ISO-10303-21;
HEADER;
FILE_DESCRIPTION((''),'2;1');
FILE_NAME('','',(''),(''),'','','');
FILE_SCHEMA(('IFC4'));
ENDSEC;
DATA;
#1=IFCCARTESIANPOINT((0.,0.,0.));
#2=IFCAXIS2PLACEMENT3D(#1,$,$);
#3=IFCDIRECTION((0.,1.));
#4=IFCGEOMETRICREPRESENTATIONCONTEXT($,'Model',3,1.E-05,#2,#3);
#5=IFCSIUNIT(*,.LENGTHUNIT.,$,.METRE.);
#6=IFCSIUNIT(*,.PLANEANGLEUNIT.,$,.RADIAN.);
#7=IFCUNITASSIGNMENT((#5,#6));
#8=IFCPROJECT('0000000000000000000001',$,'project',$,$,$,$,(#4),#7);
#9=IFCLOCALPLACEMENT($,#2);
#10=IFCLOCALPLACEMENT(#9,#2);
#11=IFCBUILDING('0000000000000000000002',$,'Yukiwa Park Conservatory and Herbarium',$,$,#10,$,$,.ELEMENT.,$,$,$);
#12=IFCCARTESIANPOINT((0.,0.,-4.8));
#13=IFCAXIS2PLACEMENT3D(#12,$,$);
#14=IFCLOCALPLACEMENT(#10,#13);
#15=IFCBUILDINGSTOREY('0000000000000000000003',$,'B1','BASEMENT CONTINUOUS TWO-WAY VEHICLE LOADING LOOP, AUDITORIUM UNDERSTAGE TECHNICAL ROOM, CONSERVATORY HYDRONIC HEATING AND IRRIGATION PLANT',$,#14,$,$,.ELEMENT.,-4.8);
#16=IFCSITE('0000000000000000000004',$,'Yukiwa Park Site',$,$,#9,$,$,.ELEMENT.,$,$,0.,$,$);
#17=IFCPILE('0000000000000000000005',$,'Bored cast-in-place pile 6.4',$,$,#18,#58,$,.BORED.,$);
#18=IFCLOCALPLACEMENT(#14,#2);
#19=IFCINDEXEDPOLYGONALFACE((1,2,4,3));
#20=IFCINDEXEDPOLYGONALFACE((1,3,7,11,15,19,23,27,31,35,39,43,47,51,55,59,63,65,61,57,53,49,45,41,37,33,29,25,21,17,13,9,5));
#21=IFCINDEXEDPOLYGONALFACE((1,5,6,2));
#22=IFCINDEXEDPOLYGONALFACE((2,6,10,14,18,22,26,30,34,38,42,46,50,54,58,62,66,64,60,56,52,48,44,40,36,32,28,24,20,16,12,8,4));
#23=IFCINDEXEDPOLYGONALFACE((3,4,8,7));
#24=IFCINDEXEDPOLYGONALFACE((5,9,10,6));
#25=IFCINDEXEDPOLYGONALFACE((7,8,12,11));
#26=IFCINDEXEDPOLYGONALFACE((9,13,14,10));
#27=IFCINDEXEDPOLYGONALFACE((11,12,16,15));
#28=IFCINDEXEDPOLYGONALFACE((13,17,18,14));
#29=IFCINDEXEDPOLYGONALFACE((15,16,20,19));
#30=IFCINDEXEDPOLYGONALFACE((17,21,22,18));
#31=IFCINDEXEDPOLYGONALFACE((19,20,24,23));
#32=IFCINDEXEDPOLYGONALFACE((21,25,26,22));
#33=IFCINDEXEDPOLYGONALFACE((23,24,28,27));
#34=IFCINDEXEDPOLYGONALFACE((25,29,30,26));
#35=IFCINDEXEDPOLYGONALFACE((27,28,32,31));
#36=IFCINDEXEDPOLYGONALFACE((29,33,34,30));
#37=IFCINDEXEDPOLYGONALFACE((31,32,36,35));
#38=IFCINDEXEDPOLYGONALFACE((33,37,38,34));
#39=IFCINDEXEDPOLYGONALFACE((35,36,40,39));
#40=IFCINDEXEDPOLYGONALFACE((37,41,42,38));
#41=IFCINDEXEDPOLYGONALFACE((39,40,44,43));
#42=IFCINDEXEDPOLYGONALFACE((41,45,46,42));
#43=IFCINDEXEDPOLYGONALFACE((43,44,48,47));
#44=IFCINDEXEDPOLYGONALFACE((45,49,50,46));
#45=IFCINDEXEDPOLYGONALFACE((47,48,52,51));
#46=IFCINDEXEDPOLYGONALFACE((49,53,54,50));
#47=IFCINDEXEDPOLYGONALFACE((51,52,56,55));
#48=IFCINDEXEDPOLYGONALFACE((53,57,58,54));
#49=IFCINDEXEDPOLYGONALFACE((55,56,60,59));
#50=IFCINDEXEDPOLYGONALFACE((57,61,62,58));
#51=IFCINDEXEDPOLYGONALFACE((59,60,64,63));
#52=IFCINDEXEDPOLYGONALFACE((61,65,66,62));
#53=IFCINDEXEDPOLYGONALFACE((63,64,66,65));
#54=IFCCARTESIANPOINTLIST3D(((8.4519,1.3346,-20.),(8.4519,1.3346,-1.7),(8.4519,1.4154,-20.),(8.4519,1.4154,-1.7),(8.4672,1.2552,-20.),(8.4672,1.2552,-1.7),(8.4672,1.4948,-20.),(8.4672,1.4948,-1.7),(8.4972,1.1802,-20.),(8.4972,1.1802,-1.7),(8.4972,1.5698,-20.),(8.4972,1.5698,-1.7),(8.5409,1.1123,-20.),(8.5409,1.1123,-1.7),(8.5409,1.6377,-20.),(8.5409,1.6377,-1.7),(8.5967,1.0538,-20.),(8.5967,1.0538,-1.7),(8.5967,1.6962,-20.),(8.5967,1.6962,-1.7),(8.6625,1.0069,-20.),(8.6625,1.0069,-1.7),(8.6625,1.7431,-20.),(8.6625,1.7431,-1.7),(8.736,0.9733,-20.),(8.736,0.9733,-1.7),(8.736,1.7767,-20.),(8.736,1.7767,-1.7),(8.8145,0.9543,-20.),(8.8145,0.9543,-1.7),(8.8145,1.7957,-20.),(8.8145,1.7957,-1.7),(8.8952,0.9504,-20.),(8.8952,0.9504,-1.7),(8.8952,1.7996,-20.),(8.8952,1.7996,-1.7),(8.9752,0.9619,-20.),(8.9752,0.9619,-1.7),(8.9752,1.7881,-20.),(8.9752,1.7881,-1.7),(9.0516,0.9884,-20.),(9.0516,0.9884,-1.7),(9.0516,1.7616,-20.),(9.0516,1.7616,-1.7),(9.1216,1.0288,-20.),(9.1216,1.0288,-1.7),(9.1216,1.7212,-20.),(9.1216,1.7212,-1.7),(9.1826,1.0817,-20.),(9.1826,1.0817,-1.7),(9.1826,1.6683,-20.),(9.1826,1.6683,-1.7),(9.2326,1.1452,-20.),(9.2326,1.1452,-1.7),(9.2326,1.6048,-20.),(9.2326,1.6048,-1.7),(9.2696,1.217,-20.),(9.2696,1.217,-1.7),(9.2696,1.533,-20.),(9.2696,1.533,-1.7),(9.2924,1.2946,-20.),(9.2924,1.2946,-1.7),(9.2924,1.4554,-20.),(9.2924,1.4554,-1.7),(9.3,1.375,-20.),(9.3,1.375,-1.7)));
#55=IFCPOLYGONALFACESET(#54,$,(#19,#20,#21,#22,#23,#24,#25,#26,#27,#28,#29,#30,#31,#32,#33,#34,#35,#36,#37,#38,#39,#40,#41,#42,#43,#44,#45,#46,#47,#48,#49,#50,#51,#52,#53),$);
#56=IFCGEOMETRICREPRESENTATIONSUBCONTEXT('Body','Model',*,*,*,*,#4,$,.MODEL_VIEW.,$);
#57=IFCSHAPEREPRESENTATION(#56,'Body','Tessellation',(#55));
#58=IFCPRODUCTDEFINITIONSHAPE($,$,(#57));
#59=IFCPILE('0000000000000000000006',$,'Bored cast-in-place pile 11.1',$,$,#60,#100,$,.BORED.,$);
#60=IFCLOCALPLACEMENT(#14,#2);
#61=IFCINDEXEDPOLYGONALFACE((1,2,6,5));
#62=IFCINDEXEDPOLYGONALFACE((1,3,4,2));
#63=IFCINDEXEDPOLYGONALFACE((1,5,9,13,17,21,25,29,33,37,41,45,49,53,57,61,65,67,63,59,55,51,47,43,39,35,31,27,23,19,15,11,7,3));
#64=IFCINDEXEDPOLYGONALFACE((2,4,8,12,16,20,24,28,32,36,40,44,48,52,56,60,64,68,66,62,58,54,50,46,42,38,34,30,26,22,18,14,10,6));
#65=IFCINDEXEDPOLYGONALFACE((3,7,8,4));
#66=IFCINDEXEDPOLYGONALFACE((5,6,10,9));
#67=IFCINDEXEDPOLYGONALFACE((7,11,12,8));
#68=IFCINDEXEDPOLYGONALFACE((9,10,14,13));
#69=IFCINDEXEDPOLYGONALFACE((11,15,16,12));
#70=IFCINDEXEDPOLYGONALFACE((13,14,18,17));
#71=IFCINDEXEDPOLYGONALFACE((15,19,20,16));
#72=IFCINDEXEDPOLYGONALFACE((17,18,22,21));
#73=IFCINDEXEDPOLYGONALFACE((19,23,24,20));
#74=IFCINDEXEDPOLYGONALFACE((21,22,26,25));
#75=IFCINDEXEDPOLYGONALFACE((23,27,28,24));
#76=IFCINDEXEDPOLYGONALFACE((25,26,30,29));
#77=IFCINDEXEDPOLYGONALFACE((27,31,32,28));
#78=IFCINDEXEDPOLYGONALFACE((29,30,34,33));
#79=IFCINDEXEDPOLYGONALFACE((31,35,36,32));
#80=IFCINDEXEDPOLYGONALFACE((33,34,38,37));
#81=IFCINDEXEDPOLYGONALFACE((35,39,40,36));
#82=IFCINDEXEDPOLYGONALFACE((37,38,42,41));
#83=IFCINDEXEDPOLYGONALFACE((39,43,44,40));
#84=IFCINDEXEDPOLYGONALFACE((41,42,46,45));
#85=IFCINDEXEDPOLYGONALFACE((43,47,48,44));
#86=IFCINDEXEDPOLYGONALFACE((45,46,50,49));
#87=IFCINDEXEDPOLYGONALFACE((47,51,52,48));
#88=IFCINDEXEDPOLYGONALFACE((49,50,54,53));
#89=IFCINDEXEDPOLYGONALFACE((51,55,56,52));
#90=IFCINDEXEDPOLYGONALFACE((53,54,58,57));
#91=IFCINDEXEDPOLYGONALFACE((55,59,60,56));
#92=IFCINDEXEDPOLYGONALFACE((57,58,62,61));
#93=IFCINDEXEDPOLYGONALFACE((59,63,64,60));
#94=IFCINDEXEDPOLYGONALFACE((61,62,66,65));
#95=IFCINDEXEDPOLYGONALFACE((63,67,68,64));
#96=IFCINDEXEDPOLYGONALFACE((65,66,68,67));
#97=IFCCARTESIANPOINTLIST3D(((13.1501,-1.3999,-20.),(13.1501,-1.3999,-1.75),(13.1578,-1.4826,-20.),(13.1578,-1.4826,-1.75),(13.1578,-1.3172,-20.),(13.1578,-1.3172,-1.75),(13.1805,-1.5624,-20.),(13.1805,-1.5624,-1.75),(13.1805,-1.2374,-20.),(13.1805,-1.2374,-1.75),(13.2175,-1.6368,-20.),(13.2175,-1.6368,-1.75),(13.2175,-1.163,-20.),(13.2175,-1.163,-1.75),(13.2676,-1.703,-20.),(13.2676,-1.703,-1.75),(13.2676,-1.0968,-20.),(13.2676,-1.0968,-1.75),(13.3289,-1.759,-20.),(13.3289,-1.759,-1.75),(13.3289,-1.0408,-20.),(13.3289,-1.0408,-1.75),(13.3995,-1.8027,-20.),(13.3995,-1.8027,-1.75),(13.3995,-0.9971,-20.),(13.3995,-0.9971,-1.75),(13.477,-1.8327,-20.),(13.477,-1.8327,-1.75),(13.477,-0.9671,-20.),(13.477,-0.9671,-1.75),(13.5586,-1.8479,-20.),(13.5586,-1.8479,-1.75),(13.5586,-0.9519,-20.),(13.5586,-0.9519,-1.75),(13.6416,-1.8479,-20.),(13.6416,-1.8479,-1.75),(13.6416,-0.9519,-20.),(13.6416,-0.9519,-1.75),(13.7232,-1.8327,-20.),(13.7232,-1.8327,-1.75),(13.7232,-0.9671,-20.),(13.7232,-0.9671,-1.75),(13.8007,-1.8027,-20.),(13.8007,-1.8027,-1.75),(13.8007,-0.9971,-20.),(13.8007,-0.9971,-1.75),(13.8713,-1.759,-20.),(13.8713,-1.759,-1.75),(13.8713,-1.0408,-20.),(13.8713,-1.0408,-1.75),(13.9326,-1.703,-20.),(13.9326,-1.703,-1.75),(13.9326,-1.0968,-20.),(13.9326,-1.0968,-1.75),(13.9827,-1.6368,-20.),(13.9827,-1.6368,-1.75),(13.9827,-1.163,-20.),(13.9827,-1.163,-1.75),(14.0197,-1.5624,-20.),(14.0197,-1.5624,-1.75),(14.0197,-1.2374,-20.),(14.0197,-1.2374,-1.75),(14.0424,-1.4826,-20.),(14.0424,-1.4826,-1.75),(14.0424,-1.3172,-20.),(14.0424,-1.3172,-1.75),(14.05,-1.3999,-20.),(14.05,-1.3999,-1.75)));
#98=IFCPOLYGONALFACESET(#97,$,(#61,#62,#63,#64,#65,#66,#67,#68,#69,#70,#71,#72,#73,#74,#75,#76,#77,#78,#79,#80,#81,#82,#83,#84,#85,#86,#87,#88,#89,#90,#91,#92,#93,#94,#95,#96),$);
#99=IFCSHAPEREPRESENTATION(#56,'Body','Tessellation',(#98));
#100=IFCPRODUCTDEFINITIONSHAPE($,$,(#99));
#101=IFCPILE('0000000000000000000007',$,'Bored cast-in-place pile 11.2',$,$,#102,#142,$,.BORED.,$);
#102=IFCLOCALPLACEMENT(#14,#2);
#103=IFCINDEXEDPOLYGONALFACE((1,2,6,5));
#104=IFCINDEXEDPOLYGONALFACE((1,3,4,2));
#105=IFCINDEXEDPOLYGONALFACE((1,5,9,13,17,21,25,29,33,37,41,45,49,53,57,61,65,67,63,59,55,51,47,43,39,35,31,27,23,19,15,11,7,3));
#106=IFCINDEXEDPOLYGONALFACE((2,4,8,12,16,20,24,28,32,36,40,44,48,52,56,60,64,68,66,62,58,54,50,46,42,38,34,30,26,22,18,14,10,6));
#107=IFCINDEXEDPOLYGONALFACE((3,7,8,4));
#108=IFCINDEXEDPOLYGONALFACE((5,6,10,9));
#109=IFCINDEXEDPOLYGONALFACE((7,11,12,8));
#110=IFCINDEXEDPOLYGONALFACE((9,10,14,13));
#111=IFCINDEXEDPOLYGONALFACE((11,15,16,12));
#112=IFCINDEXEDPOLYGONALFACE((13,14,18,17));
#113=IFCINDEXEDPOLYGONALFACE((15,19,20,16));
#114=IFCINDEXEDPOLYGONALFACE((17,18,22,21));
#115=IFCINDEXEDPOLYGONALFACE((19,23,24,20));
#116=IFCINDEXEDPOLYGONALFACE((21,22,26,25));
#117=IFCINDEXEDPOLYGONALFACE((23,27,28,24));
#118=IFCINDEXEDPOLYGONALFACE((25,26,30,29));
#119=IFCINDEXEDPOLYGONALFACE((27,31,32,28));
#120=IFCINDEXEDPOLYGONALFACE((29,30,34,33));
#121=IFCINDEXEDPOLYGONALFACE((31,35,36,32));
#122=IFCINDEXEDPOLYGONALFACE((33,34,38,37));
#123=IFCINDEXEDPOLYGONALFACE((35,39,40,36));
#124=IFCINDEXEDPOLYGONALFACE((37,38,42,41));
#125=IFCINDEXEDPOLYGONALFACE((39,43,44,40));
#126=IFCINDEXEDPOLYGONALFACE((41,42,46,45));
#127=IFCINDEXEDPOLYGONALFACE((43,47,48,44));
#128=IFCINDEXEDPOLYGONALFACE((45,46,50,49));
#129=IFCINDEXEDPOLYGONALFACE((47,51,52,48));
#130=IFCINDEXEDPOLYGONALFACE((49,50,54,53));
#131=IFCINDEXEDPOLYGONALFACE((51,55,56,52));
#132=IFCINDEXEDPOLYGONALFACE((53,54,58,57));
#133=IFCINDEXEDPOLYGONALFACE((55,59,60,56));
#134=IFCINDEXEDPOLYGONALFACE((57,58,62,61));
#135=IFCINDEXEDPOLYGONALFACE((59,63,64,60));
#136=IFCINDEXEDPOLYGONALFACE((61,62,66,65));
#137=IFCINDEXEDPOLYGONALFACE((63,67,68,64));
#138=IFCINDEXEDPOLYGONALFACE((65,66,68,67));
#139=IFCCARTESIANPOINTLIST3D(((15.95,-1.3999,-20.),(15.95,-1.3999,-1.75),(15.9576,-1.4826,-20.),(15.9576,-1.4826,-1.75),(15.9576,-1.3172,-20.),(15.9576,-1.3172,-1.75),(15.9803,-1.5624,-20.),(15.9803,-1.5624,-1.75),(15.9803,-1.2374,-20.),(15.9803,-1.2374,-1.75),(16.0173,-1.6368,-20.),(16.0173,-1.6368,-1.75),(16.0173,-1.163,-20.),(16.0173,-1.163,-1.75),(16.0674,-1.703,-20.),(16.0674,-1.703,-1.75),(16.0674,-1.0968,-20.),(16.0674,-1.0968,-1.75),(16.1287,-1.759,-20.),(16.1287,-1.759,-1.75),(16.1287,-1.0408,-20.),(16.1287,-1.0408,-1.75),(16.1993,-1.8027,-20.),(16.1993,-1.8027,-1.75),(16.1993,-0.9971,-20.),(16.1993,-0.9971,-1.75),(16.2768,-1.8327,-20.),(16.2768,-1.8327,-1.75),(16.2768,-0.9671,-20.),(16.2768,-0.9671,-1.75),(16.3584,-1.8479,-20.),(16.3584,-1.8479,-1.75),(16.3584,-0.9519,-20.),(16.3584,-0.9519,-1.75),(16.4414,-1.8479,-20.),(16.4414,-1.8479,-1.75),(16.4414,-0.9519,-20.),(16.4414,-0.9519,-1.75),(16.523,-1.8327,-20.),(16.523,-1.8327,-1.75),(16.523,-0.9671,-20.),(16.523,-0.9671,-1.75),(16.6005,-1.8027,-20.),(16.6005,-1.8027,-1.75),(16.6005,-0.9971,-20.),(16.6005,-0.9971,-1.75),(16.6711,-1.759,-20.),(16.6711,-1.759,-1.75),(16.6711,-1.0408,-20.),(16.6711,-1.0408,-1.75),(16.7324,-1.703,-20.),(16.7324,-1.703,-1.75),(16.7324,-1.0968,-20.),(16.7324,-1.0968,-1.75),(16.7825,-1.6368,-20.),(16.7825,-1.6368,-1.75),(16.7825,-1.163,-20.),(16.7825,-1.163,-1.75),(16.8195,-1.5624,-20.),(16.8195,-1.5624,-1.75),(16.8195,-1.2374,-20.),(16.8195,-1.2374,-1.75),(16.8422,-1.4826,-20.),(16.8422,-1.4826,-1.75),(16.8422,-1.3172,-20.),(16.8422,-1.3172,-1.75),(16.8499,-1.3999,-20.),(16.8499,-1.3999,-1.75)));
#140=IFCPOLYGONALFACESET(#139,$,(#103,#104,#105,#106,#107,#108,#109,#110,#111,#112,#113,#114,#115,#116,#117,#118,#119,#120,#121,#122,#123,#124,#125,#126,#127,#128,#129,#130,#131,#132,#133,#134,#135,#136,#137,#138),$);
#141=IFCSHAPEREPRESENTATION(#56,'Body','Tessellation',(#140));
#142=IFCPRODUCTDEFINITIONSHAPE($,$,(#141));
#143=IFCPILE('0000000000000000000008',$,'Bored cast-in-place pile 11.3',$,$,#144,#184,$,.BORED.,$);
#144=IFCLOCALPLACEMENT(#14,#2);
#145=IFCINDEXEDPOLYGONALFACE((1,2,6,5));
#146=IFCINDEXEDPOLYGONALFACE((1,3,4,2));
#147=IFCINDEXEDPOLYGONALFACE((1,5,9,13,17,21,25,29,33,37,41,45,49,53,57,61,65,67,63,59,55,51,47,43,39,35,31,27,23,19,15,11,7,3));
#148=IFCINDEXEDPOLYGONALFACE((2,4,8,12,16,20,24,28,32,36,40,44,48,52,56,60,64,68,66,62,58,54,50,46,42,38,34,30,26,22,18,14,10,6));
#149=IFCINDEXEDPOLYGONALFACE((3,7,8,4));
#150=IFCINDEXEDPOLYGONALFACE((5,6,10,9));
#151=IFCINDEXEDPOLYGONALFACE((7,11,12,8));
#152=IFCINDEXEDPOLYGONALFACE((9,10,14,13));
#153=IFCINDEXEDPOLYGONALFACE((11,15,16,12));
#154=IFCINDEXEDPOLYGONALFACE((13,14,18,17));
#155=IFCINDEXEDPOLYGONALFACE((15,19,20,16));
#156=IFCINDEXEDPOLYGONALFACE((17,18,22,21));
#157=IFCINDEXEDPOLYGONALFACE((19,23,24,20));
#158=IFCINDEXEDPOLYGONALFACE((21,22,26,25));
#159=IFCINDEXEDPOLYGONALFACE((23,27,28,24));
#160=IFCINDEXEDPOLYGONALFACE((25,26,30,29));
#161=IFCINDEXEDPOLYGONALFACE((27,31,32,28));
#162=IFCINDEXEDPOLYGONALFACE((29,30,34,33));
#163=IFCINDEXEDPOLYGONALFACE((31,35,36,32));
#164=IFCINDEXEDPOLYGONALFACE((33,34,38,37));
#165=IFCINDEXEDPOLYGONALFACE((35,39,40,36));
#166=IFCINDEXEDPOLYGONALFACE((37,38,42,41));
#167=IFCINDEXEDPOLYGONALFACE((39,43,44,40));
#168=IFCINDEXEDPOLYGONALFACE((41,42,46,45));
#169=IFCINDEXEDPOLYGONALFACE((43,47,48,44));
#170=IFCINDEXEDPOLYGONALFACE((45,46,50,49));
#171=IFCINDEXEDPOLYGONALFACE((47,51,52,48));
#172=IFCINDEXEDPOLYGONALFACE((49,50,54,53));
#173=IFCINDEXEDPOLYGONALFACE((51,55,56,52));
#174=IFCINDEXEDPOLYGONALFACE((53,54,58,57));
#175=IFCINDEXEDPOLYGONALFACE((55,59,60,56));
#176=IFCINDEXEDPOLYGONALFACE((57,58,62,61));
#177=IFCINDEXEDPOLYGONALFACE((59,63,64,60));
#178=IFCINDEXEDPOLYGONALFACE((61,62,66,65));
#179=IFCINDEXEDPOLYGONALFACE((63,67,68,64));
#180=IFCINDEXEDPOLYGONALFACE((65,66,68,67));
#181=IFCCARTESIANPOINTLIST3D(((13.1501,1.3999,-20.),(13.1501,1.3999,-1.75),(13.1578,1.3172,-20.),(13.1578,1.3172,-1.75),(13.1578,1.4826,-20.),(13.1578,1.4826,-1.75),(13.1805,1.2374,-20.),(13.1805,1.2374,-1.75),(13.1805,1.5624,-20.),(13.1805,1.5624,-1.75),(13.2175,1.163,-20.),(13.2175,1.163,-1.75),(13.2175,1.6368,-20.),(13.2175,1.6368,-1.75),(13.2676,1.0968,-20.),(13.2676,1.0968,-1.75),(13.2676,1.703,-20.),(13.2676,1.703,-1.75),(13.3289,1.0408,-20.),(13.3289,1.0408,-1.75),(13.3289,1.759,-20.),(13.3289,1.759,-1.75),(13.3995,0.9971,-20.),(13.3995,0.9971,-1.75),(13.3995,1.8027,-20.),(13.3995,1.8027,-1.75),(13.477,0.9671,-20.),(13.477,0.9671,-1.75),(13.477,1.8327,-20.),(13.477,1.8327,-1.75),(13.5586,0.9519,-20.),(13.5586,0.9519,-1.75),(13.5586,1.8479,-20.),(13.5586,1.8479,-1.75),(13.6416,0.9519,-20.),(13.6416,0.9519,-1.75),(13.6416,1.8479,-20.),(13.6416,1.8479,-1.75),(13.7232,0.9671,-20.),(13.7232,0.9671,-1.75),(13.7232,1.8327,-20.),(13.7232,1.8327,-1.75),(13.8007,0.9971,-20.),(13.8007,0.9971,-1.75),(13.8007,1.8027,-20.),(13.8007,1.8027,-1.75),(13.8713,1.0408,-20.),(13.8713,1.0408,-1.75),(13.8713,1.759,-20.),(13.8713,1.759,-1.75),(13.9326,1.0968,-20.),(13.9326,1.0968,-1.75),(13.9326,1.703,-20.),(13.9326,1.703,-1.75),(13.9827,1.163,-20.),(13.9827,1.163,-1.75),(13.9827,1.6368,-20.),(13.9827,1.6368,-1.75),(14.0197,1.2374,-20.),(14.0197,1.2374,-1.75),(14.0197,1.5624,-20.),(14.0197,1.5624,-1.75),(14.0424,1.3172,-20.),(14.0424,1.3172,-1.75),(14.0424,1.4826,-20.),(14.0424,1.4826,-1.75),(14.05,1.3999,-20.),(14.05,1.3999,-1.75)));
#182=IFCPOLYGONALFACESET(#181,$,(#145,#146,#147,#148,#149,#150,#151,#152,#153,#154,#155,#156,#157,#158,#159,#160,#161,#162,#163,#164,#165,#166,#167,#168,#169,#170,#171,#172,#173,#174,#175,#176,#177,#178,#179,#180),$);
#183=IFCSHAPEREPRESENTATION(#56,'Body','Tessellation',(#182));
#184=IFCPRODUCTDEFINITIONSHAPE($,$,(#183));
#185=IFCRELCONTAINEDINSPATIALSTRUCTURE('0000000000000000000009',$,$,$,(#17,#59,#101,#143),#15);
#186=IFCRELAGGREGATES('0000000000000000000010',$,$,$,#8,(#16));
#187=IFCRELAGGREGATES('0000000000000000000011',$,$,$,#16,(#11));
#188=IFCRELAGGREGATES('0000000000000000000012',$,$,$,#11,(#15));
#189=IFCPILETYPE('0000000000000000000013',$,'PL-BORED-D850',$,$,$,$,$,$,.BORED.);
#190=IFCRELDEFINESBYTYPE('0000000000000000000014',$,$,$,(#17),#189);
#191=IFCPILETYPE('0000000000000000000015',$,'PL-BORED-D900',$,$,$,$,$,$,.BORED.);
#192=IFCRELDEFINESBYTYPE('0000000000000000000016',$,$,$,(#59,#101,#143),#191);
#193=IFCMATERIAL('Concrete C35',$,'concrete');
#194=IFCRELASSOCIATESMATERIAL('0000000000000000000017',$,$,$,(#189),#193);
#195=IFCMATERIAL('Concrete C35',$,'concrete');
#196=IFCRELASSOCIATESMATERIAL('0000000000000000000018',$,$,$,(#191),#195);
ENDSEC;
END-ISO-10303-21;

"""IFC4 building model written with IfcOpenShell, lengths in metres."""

from ifc_helpers import new_model, si_unit, direction, frame, origin, origin_2d, place, context, subcontext, project, spatial, circle, extrude, material, material_profile, profile_set, type_object, element, save


model = new_model("IFC4")

# Units and contexts
model_context = context("Model", 3, precision=1e-05, world=origin(), true_north=direction((0.0, 1.0)))
body_context = subcontext(model_context, "Body", "Model", "MODEL_VIEW")
ifc_project = project(units=[si_unit("LENGTHUNIT", "METRE"), si_unit("PLANEANGLEUNIT", "RADIAN")], contexts=[model_context])

# Site, building, storey
site_placement = place(None, origin())
site = spatial("IfcSite", under=ifc_project, at=site_placement, Name="Yukiwa Park Site", CompositionType="ELEMENT", RefElevation=0.0)
building_placement = place(site_placement, origin())
building = spatial("IfcBuilding", under=site, at=building_placement, Name="Yukiwa Park Conservatory and Herbarium", CompositionType="ELEMENT")
storey_placement = place(building_placement, frame((0.0, 0.0, -4.8)))
storey = spatial("IfcBuildingStorey", under=building, at=storey_placement, Name="B1", Description="BASEMENT CONTINUOUS TWO-WAY VEHICLE LOADING LOOP, AUDITORIUM UNDERSTAGE TECHNICAL ROOM, CONSERVATORY HYDRONIC HEATING AND IRRIGATION PLANT", CompositionType="ELEMENT", Elevation=-4.8)

# Piles
ifc_material_1 = material(Name="Concrete C35", Category="concrete")
ifc_material_profile_1 = material_profile(ifc_material_1, circle(Radius=0.425, at=origin_2d()), Name="PILE D850")
ifc_profile_set_1 = profile_set([ifc_material_profile_1], Name="Concrete C35")
pile_type_1 = type_object("IfcPileType", Name="PL-BORED-D850", PredefinedType="BORED", material=ifc_profile_set_1)
for number, where, z_axis, x_axis, name in (
    (1, (8.875, 1.375, -1.7), (0.0, 0.0, -1.0), (1.0, 0.0, 0.0), "Bored cast-in-place pile 6.4"),
):
    element("IfcPile", number, at=place(storey_placement, frame(where, z_axis=z_axis, x_axis=x_axis)), inside=storey, type_object=pile_type_1, Name=name, PredefinedType="BORED", context=body_context, shape_type="SweptSolid", body=[
        extrude(circle(Radius=0.425, at=origin_2d()), origin(), (0.0, 0.0, 1.0), 18.3),
    ])
ifc_material_2 = material(Name="Concrete C35", Category="concrete")
ifc_material_profile_2 = material_profile(ifc_material_2, circle(Radius=0.45, at=origin_2d()), Name="PILE D900")
ifc_profile_set_2 = profile_set([ifc_material_profile_2], Name="Concrete C35")
pile_type_2 = type_object("IfcPileType", Name="PL-BORED-D900", PredefinedType="BORED", material=ifc_profile_set_2)
for number, where, z_axis, x_axis, name in (
    (2, (13.6001, -1.3999, -1.75), (0.0, 0.0, -1.0), (1.0, 0.0, 0.0), "Bored cast-in-place pile 11.1"),
    (3, (16.3999, -1.3999, -1.75), (0.0, 0.0, -1.0), (1.0, 0.0, 0.0), "Bored cast-in-place pile 11.2"),
    (4, (13.6001, 1.3999, -1.75), (0.0, 0.0, -1.0), (1.0, 0.0, 0.0), "Bored cast-in-place pile 11.3"),
):
    element("IfcPile", number, at=place(storey_placement, frame(where, z_axis=z_axis, x_axis=x_axis)), inside=storey, type_object=pile_type_2, Name=name, PredefinedType="BORED", context=body_context, shape_type="SweptSolid", body=[
        extrude(circle(Radius=0.45, at=origin_2d()), origin(), (0.0, 0.0, 1.0), 18.25),
    ])

save(model, "model.ifc")
